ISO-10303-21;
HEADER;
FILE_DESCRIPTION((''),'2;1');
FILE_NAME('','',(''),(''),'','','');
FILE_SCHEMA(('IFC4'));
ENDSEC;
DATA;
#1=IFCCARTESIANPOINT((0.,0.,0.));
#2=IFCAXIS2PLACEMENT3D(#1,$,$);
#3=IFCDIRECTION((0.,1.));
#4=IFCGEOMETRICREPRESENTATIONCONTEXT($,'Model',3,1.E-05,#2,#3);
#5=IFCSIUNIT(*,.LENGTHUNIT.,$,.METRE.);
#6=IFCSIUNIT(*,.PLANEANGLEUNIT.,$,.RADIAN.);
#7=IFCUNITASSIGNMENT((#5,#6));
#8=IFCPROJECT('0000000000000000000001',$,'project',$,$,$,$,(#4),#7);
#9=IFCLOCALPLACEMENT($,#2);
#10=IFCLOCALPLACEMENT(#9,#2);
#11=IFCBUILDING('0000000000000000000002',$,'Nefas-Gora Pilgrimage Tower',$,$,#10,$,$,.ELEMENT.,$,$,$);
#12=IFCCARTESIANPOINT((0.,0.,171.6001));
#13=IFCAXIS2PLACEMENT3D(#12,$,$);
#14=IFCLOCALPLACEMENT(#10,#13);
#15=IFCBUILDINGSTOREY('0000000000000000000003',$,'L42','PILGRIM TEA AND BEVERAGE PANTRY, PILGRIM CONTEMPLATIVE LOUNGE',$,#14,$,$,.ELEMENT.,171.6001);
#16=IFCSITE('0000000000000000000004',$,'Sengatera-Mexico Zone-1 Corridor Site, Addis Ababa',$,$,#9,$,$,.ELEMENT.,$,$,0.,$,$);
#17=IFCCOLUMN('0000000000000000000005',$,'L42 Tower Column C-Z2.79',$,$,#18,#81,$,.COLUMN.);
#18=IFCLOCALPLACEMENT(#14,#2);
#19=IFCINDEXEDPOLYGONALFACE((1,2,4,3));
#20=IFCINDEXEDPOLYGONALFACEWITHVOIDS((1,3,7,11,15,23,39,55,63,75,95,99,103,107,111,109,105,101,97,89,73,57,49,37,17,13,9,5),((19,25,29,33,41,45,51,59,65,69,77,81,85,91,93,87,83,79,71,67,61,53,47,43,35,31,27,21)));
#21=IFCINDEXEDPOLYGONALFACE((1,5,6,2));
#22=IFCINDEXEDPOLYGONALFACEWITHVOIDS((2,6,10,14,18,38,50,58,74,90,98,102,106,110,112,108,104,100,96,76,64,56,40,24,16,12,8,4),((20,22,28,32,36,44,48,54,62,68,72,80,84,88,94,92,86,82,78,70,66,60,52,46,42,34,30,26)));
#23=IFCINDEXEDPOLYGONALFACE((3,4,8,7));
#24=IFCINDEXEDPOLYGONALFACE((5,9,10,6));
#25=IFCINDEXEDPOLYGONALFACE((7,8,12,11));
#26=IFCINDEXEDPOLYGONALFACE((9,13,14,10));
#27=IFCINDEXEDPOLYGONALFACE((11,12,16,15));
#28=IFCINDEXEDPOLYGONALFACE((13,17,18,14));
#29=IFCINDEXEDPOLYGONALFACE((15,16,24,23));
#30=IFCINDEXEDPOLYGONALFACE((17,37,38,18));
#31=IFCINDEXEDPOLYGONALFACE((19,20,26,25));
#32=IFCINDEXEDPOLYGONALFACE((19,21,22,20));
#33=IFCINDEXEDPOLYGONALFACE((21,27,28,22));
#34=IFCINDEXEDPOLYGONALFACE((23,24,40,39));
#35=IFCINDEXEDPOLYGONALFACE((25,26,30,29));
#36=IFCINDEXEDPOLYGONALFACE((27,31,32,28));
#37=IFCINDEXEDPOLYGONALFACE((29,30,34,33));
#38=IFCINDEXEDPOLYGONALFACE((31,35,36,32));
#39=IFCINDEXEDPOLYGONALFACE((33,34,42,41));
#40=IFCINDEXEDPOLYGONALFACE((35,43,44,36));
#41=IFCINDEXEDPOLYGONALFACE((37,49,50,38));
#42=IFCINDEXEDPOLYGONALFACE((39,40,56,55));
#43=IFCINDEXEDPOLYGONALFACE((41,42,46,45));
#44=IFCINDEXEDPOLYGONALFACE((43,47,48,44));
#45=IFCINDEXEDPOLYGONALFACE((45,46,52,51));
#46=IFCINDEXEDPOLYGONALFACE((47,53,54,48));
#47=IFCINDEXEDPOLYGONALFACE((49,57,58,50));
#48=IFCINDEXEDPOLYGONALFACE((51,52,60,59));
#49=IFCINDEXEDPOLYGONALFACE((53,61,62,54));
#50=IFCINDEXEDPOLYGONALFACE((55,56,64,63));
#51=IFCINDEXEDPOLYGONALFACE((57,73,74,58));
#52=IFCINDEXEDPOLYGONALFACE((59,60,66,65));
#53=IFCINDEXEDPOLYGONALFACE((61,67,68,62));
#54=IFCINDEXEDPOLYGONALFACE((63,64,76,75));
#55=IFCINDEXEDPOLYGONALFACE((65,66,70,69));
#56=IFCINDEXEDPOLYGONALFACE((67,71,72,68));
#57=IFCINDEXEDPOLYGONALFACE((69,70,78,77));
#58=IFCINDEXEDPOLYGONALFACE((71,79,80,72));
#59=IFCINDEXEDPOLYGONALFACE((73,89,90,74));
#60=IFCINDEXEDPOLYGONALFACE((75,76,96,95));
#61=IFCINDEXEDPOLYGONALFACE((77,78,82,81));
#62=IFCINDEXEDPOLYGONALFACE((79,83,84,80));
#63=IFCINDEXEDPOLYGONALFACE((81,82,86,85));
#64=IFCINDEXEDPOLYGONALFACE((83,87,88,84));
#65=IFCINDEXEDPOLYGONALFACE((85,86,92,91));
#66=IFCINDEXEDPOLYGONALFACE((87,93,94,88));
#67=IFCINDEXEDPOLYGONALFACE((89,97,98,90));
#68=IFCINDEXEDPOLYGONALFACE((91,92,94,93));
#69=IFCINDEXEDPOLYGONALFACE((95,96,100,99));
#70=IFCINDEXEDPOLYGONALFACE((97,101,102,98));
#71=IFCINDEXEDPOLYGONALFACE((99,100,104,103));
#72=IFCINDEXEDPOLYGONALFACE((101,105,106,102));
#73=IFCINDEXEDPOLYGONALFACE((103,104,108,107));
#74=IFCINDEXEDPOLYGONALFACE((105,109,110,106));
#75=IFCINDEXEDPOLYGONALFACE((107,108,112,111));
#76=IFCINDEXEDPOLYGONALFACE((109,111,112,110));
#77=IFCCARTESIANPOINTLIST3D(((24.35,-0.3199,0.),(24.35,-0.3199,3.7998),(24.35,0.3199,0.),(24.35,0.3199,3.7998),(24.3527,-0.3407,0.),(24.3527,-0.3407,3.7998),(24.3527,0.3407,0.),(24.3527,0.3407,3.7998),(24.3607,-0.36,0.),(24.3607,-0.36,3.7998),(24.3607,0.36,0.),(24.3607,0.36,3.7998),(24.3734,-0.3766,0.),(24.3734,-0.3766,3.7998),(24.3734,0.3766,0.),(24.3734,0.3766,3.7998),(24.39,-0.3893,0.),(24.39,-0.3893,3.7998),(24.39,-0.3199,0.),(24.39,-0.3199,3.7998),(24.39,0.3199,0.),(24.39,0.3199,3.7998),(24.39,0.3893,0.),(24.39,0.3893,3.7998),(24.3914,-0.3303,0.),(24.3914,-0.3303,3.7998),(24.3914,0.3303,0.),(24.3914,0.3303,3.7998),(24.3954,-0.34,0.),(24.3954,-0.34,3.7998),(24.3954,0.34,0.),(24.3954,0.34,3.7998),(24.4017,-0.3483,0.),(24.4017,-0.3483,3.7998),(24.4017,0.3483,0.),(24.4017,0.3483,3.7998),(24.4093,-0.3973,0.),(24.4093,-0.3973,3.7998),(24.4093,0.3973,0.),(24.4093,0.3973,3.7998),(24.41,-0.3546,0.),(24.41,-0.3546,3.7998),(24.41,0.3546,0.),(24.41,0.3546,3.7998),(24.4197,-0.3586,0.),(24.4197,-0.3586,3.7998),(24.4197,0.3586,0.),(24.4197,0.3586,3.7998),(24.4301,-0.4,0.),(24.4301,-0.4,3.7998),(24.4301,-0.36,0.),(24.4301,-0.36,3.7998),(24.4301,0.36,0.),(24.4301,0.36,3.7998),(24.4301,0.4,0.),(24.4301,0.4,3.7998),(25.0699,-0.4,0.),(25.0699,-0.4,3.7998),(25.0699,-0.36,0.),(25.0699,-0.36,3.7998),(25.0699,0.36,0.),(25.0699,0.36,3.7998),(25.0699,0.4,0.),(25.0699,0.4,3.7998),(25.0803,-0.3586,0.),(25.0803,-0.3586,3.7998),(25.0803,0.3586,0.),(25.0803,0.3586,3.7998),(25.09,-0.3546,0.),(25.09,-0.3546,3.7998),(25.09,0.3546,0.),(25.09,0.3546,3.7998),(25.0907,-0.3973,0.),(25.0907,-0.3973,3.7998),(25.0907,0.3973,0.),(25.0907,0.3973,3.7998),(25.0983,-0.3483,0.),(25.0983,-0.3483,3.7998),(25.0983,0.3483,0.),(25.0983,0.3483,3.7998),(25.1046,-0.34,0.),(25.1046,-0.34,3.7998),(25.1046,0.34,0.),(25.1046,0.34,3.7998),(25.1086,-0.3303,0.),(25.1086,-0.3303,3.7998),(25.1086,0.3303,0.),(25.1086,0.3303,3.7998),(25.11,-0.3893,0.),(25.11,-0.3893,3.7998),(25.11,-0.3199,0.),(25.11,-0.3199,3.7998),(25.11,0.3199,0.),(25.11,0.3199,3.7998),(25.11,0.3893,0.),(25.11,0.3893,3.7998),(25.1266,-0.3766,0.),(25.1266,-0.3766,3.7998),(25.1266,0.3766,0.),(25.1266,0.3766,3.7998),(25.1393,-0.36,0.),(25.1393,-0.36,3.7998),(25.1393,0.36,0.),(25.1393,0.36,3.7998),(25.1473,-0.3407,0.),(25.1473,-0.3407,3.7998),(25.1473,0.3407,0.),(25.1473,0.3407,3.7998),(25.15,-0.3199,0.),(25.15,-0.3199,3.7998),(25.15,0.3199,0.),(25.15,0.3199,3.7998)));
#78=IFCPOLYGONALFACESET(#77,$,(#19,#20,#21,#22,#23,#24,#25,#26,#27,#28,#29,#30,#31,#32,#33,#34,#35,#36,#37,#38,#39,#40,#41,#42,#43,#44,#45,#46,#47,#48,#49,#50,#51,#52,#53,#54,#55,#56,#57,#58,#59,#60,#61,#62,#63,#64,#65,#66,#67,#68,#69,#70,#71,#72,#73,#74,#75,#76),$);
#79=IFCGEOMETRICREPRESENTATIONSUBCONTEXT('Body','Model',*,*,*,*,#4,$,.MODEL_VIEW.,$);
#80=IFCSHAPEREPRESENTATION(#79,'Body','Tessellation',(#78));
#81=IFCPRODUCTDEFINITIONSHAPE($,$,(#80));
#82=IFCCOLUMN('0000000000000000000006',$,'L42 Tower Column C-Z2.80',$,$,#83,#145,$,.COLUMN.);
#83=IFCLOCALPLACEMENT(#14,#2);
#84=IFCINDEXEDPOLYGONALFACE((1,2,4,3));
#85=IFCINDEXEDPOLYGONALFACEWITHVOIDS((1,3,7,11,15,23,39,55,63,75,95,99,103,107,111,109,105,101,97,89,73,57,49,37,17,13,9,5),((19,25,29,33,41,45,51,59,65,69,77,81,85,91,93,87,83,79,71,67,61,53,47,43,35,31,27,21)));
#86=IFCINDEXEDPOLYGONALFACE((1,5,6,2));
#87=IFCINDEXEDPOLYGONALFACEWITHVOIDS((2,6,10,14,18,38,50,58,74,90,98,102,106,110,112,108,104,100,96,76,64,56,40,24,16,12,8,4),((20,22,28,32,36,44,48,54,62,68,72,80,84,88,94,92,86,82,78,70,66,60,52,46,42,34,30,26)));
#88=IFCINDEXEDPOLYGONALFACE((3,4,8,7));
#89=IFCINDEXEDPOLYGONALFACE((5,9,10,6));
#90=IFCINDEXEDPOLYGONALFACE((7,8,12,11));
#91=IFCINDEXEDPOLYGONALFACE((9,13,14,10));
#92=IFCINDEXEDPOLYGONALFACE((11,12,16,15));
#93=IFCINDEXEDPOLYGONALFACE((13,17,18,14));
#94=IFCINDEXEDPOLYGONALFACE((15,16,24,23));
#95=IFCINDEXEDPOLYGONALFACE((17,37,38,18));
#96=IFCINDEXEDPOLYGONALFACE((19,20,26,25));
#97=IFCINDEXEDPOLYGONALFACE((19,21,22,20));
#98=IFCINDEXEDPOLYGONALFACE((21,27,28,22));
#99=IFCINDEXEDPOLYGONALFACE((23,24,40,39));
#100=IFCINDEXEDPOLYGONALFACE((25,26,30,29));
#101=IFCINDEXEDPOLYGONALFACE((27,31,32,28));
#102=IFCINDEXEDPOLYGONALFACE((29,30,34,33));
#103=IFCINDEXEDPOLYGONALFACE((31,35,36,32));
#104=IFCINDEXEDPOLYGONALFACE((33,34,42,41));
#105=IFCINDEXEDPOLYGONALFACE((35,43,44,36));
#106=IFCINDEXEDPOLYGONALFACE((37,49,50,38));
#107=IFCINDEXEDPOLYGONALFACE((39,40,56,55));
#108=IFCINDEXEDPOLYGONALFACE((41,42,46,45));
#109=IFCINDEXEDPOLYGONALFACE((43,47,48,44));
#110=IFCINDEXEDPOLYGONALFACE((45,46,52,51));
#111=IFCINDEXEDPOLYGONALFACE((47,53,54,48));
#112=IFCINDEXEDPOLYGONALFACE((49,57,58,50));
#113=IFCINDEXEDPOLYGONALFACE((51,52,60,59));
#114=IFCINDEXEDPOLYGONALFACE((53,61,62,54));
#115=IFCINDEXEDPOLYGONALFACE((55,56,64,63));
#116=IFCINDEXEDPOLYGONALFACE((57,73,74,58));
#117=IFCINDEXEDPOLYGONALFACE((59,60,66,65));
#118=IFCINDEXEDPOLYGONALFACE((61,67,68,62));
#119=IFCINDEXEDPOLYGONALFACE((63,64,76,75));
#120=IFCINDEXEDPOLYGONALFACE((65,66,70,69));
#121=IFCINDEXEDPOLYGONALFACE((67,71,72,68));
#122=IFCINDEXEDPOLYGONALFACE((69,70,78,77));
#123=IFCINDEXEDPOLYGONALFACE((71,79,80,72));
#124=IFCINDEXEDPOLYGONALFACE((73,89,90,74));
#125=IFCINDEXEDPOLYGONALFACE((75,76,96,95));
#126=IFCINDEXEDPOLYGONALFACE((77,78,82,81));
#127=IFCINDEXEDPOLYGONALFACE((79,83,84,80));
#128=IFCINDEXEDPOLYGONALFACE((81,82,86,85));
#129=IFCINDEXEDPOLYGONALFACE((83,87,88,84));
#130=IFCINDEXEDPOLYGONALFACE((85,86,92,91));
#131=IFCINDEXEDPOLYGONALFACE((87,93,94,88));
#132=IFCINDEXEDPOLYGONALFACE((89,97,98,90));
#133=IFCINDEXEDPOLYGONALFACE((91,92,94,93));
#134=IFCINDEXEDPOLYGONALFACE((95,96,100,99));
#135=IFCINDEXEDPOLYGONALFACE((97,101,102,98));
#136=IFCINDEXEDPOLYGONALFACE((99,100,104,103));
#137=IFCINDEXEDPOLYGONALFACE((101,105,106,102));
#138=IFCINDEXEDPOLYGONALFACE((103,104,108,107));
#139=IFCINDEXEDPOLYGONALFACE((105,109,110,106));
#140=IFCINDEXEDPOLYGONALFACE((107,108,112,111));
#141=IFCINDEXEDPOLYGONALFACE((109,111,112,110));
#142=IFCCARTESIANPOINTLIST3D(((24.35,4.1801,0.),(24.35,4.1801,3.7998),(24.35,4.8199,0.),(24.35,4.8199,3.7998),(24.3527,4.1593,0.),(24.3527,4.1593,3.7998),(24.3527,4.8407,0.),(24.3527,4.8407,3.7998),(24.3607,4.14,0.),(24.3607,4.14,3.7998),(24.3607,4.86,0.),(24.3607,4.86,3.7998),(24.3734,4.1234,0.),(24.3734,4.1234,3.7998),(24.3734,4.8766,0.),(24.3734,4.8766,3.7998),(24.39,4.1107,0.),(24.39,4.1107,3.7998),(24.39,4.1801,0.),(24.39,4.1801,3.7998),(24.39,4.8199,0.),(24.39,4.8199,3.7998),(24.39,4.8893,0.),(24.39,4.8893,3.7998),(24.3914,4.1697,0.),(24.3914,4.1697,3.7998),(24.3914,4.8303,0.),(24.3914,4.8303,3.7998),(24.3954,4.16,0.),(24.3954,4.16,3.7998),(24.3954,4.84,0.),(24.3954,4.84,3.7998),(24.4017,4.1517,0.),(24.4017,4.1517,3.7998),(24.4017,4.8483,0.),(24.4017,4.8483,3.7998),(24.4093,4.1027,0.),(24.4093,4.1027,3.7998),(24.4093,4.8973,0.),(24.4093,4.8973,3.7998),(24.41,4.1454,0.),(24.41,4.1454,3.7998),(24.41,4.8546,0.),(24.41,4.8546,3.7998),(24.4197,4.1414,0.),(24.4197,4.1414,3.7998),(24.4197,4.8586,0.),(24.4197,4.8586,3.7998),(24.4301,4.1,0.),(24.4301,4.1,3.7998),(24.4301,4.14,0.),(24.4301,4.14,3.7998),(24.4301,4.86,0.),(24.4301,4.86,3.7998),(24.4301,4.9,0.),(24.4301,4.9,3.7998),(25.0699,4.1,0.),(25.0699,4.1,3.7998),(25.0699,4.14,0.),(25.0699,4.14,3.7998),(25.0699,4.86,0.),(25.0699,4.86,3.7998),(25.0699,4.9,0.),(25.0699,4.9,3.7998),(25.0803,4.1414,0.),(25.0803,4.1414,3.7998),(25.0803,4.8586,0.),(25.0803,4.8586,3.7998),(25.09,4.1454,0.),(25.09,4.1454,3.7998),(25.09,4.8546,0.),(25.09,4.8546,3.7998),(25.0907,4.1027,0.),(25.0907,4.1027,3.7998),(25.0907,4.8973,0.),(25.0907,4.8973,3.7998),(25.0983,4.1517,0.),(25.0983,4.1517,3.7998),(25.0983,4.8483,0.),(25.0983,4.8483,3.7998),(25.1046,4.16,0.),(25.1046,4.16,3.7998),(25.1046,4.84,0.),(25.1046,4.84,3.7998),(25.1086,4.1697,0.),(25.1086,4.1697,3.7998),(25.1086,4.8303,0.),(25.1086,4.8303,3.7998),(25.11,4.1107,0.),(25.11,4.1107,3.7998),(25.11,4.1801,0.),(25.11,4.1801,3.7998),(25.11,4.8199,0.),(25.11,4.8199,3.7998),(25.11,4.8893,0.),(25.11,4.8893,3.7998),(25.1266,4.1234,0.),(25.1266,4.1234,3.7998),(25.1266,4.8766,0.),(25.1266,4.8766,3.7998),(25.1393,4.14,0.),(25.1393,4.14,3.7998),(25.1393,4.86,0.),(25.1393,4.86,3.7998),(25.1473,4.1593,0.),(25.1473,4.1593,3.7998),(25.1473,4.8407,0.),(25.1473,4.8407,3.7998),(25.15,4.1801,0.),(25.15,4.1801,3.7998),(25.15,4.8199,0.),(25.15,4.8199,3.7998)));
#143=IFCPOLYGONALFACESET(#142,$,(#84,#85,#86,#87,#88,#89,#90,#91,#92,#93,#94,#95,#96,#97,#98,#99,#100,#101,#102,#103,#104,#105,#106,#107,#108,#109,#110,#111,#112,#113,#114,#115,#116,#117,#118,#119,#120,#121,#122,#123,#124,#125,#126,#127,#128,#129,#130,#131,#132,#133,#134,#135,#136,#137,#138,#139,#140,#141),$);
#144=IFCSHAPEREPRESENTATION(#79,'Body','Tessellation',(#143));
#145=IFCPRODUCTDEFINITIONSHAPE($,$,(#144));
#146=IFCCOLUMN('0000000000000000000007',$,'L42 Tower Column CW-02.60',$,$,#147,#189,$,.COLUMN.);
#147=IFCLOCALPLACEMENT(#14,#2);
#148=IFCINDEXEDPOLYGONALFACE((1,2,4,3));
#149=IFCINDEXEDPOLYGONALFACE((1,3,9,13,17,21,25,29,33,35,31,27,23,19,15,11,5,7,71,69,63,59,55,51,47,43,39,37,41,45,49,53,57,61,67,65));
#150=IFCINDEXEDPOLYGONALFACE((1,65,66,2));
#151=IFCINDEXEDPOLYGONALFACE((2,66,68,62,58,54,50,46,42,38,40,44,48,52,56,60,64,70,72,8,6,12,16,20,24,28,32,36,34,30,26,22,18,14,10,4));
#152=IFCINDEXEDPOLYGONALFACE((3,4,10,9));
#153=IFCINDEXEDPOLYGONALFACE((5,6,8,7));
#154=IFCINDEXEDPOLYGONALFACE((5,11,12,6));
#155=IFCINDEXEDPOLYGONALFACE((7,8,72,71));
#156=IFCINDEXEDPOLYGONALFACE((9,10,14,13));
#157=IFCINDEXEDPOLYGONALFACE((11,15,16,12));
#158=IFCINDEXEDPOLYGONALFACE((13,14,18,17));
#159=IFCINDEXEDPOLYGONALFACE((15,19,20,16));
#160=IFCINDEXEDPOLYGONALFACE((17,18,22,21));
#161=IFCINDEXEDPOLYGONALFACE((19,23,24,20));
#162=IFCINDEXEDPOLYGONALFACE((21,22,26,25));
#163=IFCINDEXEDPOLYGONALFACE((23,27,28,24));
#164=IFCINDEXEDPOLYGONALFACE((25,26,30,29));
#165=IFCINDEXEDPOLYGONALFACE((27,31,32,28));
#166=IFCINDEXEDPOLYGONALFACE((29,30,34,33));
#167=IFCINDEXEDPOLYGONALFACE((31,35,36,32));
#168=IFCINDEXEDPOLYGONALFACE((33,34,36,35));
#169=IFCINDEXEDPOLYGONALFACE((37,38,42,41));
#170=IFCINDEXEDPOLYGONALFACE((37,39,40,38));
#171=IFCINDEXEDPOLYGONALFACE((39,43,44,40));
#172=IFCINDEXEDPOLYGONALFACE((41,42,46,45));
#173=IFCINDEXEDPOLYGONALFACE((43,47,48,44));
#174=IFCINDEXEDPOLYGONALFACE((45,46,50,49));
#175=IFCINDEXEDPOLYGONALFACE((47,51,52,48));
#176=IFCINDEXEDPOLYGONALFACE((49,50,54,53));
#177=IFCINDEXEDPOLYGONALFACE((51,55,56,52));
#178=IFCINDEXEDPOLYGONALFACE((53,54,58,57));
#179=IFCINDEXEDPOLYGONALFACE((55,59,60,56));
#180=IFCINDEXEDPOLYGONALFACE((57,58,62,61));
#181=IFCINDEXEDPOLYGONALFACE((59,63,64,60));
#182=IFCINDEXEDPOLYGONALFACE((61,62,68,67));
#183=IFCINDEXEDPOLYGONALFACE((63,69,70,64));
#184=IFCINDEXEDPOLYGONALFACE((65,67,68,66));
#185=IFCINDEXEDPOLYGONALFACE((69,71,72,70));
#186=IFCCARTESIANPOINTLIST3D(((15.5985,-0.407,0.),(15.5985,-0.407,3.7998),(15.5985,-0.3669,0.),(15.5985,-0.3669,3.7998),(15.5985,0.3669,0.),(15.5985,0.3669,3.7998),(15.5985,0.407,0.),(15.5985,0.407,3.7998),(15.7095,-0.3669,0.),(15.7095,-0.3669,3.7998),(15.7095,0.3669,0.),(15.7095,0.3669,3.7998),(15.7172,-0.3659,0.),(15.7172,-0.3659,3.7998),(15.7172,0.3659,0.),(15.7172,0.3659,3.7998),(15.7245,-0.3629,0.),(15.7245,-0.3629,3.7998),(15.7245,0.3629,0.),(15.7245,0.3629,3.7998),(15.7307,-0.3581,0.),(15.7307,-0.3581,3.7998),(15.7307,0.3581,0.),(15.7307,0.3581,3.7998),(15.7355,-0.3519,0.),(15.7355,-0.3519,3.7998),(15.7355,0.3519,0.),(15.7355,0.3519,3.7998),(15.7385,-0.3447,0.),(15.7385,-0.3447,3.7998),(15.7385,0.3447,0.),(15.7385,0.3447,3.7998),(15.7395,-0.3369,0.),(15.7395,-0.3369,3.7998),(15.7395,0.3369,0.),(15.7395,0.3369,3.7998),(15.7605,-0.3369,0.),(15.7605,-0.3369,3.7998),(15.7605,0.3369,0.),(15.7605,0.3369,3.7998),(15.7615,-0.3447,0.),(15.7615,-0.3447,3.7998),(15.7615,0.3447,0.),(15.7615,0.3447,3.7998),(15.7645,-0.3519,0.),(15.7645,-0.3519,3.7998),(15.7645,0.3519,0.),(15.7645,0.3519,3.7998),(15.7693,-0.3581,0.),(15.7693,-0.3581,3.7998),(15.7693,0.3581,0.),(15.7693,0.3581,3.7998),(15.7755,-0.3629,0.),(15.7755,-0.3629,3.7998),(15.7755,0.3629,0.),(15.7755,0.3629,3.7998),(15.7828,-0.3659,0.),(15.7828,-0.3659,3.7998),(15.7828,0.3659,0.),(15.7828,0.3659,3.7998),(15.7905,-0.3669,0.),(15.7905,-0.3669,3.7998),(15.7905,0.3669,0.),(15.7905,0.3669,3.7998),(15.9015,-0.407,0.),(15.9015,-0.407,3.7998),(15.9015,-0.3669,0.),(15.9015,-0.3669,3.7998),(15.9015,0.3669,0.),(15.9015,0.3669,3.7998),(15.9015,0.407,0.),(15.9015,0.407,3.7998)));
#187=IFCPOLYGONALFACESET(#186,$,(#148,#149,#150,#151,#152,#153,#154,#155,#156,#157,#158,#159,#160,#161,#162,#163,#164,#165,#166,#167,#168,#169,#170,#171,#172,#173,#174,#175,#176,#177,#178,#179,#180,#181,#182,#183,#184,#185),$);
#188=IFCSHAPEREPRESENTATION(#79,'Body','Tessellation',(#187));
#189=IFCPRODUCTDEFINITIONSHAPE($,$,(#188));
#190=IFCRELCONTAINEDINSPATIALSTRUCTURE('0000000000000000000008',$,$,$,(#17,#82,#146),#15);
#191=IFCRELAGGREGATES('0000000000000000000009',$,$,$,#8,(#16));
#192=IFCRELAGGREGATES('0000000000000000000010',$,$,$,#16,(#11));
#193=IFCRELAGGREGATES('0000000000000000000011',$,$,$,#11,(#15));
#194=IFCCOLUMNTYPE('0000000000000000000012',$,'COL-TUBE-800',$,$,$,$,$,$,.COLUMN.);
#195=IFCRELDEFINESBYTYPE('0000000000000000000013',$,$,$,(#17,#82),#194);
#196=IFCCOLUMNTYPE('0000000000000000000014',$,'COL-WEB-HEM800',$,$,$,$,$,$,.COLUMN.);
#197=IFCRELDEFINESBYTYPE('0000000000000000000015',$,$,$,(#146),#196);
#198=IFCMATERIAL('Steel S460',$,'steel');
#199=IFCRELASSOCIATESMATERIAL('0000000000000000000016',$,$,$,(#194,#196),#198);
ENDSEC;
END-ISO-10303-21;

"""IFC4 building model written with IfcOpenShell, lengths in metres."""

from ifc_helpers import new_model, si_unit, direction, frame, origin, origin_2d, place, context, subcontext, project, spatial, hollow_rectangle, i_section, extrude, source, transform, mapped, material, material_profile, profile_set, type_object, element, save


model = new_model("IFC4")

# Units and contexts
model_context = context("Model", 3, precision=1e-05, world=origin(), true_north=direction((0.0, 1.0)))
body_context = subcontext(model_context, "Body", "Model", "MODEL_VIEW")
ifc_project = project(units=[si_unit("LENGTHUNIT", "METRE"), si_unit("PLANEANGLEUNIT", "RADIAN")], contexts=[model_context])

# Site, building, storey
site_placement = place(None, origin())
site = spatial("IfcSite", under=ifc_project, at=site_placement, Name="Sengatera-Mexico Zone-1 Corridor Site, Addis Ababa", CompositionType="ELEMENT", RefElevation=0.0)
building_placement = place(site_placement, origin())
building = spatial("IfcBuilding", under=site, at=building_placement, Name="Nefas-Gora Pilgrimage Tower", CompositionType="ELEMENT")
storey_placement = place(building_placement, frame((0.0, 0.0, 171.6001)))
storey = spatial("IfcBuildingStorey", under=building, at=storey_placement, Name="L42", Description="PILGRIM TEA AND BEVERAGE PANTRY, PILGRIM CONTEMPLATIVE LOUNGE", CompositionType="ELEMENT", Elevation=171.6001)

# Columns
ifc_material_1 = material(Name="Steel S460", Category="steel")
ifc_material_profile_1 = material_profile(ifc_material_1, hollow_rectangle(XDim=0.8, YDim=0.8, WallThickness=0.04, InnerFilletRadius=0.04, OuterFilletRadius=0.0801, at=origin_2d()), Name="BOX 800x800x40")
ifc_profile_set_1 = profile_set([ifc_material_profile_1], Name="Steel S460")
column_type_1 = type_object("IfcColumnType", Name="COL-TUBE-800", PredefinedType="COLUMN", material=ifc_profile_set_1)
shared_shape_1 = source(origin(), body_context, "Body", "SweptSolid", [
    extrude(hollow_rectangle(XDim=0.8, YDim=0.8, WallThickness=0.04, InnerFilletRadius=0.04, OuterFilletRadius=0.0801, at=origin_2d()), origin(), (0.0, 0.0, 1.0), 3.7998),
])
for number, where, z_axis, x_axis, name in (
    (1, (24.75, 0.0, 0.0), (0.0, 0.0, 1.0), (1.0, 0.0, 0.0), "L42 Tower Column C-Z2.79"),
    (2, (24.75, 4.5, 0.0), (0.0, 0.0, 1.0), (1.0, 0.0, 0.0), "L42 Tower Column C-Z2.80"),
):
    element("IfcColumn", number, at=place(storey_placement, frame(where, z_axis=z_axis, x_axis=x_axis)), inside=storey, type_object=column_type_1, Name=name, PredefinedType="COLUMN", context=body_context, shape_type="MappedRepresentation", body=[
        mapped(shared_shape_1, transform((0.0, 0.0, 0.0), x_axis=(1.0, 0.0, 0.0), y_axis=(0.0, 1.0, 0.0), z_axis=(0.0, 0.0, 1.0), scale=1.0)),
    ])
ifc_material_profile_2 = material_profile(ifc_material_1, i_section(OverallWidth=0.303, OverallDepth=0.814, WebThickness=0.021, FlangeThickness=0.04, FilletRadius=0.03, at=origin_2d()), Name="HEM 800")
ifc_profile_set_2 = profile_set([ifc_material_profile_2], Name="Steel S460")
column_type_2 = type_object("IfcColumnType", Name="COL-WEB-HEM800", PredefinedType="COLUMN", material=ifc_profile_set_2)
shared_shape_2 = source(origin(), body_context, "Body", "SweptSolid", [
    extrude(i_section(OverallWidth=0.303, OverallDepth=0.814, WebThickness=0.021, FlangeThickness=0.04, FilletRadius=0.03, at=origin_2d()), origin(), (0.0, 0.0, 1.0), 3.7998),
])
for number, where, z_axis, x_axis, name in (
    (3, (15.75, 0.0, 0.0), (0.0, 0.0, 1.0), (1.0, 0.0, 0.0), "L42 Tower Column CW-02.60"),
):
    element("IfcColumn", number, at=place(storey_placement, frame(where, z_axis=z_axis, x_axis=x_axis)), inside=storey, type_object=column_type_2, Name=name, PredefinedType="COLUMN", context=body_context, shape_type="MappedRepresentation", body=[
        mapped(shared_shape_2, transform((0.0, 0.0, 0.0), x_axis=(1.0, 0.0, 0.0), y_axis=(0.0, 1.0, 0.0), z_axis=(0.0, 0.0, 1.0), scale=1.0)),
    ])

save(model, "model.ifc")
